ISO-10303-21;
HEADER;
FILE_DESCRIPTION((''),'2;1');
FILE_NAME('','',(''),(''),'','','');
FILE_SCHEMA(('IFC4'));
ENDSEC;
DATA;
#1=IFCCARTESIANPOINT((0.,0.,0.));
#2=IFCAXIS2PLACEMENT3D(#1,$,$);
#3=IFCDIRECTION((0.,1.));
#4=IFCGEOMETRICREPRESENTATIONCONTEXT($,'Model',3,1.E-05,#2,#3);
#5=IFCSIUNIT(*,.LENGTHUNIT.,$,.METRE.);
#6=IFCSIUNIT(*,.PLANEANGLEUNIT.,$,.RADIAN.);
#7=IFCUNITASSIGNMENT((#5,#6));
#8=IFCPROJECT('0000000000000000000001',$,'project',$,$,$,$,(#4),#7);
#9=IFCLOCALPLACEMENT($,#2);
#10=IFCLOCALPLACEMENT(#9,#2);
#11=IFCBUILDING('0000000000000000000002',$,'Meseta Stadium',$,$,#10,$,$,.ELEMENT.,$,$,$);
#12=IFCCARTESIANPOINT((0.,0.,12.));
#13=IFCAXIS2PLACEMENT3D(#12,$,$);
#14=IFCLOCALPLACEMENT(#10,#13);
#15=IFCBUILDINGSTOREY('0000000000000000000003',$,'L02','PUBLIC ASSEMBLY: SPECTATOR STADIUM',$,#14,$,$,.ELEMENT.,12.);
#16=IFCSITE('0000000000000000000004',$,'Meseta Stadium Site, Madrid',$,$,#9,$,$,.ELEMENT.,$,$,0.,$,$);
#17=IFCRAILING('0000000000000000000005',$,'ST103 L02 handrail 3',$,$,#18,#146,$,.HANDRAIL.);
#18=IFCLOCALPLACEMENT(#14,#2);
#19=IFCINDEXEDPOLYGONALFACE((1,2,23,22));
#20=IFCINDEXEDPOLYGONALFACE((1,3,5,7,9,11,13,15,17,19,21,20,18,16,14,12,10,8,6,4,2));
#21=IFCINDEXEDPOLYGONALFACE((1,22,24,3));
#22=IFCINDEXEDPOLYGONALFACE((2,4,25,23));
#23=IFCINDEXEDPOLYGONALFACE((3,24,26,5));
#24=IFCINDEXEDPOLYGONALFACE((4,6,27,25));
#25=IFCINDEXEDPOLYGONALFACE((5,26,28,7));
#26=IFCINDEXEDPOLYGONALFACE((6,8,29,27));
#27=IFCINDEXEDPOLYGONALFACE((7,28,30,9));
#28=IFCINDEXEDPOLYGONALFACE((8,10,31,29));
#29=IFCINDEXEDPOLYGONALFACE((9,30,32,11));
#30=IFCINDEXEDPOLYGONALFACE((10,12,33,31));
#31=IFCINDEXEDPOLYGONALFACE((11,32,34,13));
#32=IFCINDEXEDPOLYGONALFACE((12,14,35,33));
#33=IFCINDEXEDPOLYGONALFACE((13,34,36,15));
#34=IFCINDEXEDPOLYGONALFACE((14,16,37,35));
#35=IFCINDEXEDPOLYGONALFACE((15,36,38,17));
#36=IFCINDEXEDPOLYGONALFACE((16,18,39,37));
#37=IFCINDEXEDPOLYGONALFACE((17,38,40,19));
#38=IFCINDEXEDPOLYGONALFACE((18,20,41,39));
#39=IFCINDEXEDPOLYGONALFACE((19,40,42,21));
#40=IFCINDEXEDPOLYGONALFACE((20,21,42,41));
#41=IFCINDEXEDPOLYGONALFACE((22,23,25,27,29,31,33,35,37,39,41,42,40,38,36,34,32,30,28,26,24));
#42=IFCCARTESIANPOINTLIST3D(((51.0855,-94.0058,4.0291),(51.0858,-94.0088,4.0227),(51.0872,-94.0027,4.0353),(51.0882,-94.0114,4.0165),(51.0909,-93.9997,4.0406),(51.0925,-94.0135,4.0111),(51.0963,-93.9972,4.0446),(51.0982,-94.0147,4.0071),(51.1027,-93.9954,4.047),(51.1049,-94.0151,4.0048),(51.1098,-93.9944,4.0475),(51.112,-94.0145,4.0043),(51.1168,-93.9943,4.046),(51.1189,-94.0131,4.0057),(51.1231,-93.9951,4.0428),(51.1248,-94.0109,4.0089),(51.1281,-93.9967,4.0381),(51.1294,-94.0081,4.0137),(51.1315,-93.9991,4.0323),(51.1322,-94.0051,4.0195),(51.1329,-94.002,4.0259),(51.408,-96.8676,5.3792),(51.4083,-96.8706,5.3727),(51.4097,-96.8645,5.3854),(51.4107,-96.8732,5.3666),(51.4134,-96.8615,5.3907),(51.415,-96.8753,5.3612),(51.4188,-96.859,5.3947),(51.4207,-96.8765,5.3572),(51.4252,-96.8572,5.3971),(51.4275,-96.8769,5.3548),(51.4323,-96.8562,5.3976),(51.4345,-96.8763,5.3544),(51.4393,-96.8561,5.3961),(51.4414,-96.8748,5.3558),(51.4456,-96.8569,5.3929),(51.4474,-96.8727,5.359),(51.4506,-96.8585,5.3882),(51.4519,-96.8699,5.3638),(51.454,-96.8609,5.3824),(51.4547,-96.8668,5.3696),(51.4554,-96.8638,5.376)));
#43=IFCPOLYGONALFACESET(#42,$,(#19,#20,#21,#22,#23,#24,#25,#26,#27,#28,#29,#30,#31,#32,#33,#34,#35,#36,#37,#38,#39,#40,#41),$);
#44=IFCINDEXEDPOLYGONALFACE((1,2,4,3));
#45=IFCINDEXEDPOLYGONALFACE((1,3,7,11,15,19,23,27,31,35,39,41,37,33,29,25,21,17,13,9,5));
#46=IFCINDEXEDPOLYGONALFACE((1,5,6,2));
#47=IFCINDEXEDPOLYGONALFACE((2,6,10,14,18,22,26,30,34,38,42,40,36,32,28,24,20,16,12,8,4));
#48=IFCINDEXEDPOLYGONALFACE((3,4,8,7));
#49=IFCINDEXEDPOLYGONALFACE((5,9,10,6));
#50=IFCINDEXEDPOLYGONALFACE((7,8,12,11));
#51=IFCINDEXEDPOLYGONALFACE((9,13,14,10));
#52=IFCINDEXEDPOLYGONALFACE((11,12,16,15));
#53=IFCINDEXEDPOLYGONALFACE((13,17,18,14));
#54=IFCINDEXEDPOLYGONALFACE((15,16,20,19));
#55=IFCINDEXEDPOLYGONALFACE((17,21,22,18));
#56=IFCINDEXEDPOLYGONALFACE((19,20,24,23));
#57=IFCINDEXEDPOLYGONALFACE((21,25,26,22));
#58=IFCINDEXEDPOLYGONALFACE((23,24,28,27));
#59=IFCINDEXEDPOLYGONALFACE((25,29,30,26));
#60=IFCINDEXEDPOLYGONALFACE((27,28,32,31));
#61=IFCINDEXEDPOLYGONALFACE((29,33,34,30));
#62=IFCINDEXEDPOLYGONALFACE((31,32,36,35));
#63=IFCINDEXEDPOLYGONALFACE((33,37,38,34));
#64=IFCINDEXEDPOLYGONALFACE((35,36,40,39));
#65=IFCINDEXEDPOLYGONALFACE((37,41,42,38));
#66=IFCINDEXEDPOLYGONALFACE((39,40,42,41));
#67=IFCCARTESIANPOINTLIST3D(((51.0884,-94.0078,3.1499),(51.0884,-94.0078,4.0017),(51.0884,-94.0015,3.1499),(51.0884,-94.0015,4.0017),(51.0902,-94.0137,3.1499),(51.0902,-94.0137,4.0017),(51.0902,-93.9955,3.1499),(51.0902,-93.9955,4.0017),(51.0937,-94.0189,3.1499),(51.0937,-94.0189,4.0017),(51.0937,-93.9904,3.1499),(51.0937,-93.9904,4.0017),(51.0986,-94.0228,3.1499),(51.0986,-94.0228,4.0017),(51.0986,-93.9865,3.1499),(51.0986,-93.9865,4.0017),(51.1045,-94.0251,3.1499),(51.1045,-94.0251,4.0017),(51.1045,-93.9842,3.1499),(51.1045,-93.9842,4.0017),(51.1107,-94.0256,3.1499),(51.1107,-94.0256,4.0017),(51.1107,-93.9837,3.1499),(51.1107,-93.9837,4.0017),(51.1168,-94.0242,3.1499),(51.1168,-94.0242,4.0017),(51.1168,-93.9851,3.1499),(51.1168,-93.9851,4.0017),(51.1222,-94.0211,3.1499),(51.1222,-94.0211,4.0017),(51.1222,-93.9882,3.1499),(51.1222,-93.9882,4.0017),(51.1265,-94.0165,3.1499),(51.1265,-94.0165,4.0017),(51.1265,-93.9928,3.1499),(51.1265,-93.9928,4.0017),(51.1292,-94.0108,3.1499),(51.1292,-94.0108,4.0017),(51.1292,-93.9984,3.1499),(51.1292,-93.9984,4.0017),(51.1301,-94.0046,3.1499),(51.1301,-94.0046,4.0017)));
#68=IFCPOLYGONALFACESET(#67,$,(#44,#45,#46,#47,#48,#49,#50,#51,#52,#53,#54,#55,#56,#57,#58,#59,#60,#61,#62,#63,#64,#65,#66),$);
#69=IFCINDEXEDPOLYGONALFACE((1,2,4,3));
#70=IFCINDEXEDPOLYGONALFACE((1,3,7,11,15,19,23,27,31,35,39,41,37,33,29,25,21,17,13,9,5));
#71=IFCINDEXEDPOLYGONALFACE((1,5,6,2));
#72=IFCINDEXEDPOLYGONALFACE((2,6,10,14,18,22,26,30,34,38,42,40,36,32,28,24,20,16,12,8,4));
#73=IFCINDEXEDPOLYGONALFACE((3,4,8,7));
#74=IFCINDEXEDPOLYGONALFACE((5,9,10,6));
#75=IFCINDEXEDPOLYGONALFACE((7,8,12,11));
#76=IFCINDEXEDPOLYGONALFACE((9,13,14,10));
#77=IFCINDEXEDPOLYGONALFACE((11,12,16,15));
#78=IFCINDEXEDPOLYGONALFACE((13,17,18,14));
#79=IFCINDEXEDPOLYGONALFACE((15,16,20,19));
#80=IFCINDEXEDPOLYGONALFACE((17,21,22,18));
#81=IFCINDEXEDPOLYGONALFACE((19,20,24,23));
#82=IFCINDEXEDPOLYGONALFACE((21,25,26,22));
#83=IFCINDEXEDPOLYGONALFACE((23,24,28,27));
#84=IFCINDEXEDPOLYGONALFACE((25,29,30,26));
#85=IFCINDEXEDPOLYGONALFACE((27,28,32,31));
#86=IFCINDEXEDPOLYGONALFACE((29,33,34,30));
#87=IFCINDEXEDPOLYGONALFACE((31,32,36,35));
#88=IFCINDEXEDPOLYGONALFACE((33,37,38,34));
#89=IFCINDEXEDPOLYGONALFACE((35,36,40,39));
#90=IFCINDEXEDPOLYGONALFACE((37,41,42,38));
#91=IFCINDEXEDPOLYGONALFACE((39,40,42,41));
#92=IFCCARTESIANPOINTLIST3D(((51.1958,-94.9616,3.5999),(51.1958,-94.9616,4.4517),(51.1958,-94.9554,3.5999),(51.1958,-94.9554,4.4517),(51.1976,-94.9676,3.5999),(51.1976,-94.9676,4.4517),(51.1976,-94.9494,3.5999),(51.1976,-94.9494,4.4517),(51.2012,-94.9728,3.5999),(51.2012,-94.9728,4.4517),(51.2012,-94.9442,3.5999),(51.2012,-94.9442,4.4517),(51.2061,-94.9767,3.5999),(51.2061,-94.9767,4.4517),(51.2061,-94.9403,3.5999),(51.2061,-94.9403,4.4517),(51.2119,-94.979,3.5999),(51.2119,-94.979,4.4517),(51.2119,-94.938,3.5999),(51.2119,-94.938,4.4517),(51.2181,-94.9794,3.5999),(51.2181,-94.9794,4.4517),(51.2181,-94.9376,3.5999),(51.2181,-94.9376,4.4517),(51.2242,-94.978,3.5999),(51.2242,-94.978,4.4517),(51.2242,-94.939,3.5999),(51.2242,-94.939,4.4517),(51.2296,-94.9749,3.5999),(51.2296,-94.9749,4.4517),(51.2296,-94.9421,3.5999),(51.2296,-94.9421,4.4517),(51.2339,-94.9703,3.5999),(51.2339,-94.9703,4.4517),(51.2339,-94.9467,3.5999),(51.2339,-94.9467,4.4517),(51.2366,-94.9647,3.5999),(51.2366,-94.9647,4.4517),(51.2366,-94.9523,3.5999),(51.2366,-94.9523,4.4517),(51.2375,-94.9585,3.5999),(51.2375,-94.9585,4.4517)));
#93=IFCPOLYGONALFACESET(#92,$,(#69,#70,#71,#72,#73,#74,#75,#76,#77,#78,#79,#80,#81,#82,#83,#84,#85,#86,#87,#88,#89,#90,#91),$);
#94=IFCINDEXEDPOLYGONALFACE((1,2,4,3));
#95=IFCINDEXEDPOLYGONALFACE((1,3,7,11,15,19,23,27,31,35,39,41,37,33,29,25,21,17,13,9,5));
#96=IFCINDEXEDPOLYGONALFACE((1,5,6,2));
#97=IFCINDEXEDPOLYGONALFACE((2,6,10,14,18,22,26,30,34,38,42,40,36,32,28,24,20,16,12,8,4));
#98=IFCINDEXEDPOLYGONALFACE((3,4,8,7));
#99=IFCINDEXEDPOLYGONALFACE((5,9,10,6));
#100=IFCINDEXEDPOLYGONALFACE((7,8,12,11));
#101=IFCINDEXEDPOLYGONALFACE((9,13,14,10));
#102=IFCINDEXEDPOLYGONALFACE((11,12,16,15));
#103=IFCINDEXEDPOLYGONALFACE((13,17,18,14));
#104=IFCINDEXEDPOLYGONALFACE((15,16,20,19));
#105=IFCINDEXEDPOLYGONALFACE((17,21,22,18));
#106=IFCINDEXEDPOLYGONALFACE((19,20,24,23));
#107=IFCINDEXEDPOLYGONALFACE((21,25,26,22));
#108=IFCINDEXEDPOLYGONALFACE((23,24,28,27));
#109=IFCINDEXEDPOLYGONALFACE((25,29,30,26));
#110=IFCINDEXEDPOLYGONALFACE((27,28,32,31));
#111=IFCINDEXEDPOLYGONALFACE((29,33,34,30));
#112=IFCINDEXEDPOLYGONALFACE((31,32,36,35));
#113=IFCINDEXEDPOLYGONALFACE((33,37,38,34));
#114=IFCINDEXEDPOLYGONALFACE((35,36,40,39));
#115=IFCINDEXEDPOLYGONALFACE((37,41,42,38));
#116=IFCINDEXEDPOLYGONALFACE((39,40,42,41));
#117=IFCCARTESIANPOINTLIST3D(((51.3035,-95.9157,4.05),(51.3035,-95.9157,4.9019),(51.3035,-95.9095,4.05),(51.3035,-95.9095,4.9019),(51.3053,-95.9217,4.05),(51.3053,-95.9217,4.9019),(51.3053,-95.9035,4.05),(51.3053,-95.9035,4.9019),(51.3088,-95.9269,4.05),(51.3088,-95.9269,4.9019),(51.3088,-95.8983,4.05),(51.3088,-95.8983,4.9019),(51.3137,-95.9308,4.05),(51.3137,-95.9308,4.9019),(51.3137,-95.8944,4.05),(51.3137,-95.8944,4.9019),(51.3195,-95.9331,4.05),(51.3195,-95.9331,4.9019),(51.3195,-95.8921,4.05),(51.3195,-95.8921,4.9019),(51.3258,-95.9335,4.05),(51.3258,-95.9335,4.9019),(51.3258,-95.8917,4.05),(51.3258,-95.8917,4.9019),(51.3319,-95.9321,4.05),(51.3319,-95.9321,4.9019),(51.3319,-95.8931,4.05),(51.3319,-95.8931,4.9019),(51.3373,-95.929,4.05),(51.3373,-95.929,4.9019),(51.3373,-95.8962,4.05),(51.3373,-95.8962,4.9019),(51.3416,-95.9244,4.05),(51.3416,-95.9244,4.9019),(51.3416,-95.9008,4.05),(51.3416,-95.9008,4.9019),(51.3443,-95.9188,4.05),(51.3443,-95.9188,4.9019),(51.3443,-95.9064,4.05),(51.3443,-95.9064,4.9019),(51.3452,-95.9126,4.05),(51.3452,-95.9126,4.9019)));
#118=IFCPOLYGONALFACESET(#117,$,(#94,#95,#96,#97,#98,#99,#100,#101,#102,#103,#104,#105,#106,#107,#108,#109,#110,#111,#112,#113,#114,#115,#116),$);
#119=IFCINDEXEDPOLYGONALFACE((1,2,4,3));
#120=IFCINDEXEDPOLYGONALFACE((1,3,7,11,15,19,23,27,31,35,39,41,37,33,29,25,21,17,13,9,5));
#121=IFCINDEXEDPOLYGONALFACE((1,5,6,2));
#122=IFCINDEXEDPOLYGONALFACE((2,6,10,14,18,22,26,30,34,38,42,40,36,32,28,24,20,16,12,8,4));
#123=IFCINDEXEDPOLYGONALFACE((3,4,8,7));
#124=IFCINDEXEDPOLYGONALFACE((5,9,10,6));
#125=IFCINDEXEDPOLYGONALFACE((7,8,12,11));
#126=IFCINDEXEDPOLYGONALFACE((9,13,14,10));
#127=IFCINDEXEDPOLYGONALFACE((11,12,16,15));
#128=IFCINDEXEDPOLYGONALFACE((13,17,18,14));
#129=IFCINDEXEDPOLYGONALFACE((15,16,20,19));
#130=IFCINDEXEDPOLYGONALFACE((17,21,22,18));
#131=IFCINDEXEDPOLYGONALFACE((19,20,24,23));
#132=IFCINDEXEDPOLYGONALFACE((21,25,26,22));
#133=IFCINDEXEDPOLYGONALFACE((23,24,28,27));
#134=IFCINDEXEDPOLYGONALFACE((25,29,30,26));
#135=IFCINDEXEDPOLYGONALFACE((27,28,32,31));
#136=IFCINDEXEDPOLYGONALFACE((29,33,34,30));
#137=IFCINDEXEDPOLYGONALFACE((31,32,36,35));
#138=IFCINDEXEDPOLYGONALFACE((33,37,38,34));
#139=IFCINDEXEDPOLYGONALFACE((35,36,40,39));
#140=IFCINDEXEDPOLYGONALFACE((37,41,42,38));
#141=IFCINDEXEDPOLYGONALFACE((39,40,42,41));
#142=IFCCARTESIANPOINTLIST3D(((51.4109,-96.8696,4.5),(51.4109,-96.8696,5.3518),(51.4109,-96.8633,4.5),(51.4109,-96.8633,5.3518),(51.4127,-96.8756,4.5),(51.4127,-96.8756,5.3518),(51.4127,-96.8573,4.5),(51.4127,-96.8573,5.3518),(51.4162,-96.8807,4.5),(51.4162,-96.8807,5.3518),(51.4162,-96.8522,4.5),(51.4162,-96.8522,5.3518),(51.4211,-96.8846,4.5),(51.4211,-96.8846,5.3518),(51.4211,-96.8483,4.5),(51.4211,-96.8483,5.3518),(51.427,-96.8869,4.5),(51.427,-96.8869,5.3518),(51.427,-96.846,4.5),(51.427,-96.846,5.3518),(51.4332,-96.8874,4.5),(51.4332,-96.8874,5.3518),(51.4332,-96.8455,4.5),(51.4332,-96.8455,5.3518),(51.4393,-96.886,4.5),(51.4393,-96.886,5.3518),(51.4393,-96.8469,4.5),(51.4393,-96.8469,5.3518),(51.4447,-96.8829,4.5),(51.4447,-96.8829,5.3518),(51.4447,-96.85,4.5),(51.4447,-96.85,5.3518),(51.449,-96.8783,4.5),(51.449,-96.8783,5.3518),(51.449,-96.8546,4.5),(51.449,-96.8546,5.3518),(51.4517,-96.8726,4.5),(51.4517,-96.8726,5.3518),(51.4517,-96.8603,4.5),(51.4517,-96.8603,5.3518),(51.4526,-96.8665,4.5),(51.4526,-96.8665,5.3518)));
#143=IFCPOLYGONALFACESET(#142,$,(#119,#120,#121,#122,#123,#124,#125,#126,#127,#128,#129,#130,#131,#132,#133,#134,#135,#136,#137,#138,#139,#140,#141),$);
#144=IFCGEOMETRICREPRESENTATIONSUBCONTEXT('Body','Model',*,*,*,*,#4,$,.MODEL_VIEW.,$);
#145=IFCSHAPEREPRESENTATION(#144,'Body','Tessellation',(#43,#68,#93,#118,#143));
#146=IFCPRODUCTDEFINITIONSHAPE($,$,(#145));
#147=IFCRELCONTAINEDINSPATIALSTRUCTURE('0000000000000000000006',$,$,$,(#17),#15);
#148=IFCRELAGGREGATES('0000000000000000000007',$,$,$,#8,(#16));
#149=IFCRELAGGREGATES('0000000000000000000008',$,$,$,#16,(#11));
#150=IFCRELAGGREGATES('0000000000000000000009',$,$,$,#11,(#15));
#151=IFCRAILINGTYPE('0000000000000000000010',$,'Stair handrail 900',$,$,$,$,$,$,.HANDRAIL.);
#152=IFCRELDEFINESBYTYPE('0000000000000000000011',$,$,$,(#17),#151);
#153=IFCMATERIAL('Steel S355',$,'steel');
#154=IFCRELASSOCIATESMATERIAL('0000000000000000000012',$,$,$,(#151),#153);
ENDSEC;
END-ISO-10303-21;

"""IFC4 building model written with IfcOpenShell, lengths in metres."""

from ifc_helpers import new_model, si_unit, direction, frame, origin, origin_2d, place, context, subcontext, project, spatial, circle, extrude, material, type_object, element, save


model = new_model("IFC4")

# Units and contexts
model_context = context("Model", 3, precision=1e-05, world=origin(), true_north=direction((0.0, 1.0)))
body_context = subcontext(model_context, "Body", "Model", "MODEL_VIEW")
ifc_project = project(units=[si_unit("LENGTHUNIT", "METRE"), si_unit("PLANEANGLEUNIT", "RADIAN")], contexts=[model_context])

# Site, building, storey
site_placement = place(None, origin())
site = spatial("IfcSite", under=ifc_project, at=site_placement, Name="Meseta Stadium Site, Madrid", CompositionType="ELEMENT", RefElevation=0.0)
building_placement = place(site_placement, origin())
building = spatial("IfcBuilding", under=site, at=building_placement, Name="Meseta Stadium", CompositionType="ELEMENT")
storey_placement = place(building_placement, frame((0.0, 0.0, 12.0)))
storey = spatial("IfcBuildingStorey", under=building, at=storey_placement, Name="L02", Description="PUBLIC ASSEMBLY: SPECTATOR STADIUM", CompositionType="ELEMENT", Elevation=12.0)

# Railing
ifc_material_1 = material(Name="Steel S355", Category="steel")
railing_type_1 = type_object("IfcRailingType", Name="Stair handrail 900", PredefinedType="HANDRAIL", material=ifc_material_1)
for number, where, name in (
    (1, (51.1091, -94.0046, 3.1499), "ST103 L02 handrail 3"),
):
    element("IfcRailing", number, at=place(storey_placement, frame(where)), inside=storey, type_object=railing_type_1, Name=name, PredefinedType="HANDRAIL", context=body_context, shape_type="SweptSolid", body=[
        extrude(circle(Radius=0.0239, at=origin_2d()), frame((0.0, 0.0, 0.876), z_axis=(0.101396, -0.899748, 0.424467), x_axis=(0.99371, 0.111985, 0.0)), (0.0, 0.0, 1.0), 3.1807),
        extrude(circle(Radius=0.021, at=origin_2d()), origin(), (0.0, 0.0, 1.0), 0.8518),
        extrude(circle(Radius=0.021, at=origin_2d()), frame((0.1074, -0.9539, 0.45)), (0.0, 0.0, 1.0), 0.8518),
        extrude(circle(Radius=0.021, at=origin_2d()), frame((0.2151, -1.908, 0.9001)), (0.0, 0.0, 1.0), 0.8518),
        extrude(circle(Radius=0.021, at=origin_2d()), frame((0.3225, -2.8618, 1.3501)), (0.0, 0.0, 1.0), 0.8518),
    ])

save(model, "model.ifc")
